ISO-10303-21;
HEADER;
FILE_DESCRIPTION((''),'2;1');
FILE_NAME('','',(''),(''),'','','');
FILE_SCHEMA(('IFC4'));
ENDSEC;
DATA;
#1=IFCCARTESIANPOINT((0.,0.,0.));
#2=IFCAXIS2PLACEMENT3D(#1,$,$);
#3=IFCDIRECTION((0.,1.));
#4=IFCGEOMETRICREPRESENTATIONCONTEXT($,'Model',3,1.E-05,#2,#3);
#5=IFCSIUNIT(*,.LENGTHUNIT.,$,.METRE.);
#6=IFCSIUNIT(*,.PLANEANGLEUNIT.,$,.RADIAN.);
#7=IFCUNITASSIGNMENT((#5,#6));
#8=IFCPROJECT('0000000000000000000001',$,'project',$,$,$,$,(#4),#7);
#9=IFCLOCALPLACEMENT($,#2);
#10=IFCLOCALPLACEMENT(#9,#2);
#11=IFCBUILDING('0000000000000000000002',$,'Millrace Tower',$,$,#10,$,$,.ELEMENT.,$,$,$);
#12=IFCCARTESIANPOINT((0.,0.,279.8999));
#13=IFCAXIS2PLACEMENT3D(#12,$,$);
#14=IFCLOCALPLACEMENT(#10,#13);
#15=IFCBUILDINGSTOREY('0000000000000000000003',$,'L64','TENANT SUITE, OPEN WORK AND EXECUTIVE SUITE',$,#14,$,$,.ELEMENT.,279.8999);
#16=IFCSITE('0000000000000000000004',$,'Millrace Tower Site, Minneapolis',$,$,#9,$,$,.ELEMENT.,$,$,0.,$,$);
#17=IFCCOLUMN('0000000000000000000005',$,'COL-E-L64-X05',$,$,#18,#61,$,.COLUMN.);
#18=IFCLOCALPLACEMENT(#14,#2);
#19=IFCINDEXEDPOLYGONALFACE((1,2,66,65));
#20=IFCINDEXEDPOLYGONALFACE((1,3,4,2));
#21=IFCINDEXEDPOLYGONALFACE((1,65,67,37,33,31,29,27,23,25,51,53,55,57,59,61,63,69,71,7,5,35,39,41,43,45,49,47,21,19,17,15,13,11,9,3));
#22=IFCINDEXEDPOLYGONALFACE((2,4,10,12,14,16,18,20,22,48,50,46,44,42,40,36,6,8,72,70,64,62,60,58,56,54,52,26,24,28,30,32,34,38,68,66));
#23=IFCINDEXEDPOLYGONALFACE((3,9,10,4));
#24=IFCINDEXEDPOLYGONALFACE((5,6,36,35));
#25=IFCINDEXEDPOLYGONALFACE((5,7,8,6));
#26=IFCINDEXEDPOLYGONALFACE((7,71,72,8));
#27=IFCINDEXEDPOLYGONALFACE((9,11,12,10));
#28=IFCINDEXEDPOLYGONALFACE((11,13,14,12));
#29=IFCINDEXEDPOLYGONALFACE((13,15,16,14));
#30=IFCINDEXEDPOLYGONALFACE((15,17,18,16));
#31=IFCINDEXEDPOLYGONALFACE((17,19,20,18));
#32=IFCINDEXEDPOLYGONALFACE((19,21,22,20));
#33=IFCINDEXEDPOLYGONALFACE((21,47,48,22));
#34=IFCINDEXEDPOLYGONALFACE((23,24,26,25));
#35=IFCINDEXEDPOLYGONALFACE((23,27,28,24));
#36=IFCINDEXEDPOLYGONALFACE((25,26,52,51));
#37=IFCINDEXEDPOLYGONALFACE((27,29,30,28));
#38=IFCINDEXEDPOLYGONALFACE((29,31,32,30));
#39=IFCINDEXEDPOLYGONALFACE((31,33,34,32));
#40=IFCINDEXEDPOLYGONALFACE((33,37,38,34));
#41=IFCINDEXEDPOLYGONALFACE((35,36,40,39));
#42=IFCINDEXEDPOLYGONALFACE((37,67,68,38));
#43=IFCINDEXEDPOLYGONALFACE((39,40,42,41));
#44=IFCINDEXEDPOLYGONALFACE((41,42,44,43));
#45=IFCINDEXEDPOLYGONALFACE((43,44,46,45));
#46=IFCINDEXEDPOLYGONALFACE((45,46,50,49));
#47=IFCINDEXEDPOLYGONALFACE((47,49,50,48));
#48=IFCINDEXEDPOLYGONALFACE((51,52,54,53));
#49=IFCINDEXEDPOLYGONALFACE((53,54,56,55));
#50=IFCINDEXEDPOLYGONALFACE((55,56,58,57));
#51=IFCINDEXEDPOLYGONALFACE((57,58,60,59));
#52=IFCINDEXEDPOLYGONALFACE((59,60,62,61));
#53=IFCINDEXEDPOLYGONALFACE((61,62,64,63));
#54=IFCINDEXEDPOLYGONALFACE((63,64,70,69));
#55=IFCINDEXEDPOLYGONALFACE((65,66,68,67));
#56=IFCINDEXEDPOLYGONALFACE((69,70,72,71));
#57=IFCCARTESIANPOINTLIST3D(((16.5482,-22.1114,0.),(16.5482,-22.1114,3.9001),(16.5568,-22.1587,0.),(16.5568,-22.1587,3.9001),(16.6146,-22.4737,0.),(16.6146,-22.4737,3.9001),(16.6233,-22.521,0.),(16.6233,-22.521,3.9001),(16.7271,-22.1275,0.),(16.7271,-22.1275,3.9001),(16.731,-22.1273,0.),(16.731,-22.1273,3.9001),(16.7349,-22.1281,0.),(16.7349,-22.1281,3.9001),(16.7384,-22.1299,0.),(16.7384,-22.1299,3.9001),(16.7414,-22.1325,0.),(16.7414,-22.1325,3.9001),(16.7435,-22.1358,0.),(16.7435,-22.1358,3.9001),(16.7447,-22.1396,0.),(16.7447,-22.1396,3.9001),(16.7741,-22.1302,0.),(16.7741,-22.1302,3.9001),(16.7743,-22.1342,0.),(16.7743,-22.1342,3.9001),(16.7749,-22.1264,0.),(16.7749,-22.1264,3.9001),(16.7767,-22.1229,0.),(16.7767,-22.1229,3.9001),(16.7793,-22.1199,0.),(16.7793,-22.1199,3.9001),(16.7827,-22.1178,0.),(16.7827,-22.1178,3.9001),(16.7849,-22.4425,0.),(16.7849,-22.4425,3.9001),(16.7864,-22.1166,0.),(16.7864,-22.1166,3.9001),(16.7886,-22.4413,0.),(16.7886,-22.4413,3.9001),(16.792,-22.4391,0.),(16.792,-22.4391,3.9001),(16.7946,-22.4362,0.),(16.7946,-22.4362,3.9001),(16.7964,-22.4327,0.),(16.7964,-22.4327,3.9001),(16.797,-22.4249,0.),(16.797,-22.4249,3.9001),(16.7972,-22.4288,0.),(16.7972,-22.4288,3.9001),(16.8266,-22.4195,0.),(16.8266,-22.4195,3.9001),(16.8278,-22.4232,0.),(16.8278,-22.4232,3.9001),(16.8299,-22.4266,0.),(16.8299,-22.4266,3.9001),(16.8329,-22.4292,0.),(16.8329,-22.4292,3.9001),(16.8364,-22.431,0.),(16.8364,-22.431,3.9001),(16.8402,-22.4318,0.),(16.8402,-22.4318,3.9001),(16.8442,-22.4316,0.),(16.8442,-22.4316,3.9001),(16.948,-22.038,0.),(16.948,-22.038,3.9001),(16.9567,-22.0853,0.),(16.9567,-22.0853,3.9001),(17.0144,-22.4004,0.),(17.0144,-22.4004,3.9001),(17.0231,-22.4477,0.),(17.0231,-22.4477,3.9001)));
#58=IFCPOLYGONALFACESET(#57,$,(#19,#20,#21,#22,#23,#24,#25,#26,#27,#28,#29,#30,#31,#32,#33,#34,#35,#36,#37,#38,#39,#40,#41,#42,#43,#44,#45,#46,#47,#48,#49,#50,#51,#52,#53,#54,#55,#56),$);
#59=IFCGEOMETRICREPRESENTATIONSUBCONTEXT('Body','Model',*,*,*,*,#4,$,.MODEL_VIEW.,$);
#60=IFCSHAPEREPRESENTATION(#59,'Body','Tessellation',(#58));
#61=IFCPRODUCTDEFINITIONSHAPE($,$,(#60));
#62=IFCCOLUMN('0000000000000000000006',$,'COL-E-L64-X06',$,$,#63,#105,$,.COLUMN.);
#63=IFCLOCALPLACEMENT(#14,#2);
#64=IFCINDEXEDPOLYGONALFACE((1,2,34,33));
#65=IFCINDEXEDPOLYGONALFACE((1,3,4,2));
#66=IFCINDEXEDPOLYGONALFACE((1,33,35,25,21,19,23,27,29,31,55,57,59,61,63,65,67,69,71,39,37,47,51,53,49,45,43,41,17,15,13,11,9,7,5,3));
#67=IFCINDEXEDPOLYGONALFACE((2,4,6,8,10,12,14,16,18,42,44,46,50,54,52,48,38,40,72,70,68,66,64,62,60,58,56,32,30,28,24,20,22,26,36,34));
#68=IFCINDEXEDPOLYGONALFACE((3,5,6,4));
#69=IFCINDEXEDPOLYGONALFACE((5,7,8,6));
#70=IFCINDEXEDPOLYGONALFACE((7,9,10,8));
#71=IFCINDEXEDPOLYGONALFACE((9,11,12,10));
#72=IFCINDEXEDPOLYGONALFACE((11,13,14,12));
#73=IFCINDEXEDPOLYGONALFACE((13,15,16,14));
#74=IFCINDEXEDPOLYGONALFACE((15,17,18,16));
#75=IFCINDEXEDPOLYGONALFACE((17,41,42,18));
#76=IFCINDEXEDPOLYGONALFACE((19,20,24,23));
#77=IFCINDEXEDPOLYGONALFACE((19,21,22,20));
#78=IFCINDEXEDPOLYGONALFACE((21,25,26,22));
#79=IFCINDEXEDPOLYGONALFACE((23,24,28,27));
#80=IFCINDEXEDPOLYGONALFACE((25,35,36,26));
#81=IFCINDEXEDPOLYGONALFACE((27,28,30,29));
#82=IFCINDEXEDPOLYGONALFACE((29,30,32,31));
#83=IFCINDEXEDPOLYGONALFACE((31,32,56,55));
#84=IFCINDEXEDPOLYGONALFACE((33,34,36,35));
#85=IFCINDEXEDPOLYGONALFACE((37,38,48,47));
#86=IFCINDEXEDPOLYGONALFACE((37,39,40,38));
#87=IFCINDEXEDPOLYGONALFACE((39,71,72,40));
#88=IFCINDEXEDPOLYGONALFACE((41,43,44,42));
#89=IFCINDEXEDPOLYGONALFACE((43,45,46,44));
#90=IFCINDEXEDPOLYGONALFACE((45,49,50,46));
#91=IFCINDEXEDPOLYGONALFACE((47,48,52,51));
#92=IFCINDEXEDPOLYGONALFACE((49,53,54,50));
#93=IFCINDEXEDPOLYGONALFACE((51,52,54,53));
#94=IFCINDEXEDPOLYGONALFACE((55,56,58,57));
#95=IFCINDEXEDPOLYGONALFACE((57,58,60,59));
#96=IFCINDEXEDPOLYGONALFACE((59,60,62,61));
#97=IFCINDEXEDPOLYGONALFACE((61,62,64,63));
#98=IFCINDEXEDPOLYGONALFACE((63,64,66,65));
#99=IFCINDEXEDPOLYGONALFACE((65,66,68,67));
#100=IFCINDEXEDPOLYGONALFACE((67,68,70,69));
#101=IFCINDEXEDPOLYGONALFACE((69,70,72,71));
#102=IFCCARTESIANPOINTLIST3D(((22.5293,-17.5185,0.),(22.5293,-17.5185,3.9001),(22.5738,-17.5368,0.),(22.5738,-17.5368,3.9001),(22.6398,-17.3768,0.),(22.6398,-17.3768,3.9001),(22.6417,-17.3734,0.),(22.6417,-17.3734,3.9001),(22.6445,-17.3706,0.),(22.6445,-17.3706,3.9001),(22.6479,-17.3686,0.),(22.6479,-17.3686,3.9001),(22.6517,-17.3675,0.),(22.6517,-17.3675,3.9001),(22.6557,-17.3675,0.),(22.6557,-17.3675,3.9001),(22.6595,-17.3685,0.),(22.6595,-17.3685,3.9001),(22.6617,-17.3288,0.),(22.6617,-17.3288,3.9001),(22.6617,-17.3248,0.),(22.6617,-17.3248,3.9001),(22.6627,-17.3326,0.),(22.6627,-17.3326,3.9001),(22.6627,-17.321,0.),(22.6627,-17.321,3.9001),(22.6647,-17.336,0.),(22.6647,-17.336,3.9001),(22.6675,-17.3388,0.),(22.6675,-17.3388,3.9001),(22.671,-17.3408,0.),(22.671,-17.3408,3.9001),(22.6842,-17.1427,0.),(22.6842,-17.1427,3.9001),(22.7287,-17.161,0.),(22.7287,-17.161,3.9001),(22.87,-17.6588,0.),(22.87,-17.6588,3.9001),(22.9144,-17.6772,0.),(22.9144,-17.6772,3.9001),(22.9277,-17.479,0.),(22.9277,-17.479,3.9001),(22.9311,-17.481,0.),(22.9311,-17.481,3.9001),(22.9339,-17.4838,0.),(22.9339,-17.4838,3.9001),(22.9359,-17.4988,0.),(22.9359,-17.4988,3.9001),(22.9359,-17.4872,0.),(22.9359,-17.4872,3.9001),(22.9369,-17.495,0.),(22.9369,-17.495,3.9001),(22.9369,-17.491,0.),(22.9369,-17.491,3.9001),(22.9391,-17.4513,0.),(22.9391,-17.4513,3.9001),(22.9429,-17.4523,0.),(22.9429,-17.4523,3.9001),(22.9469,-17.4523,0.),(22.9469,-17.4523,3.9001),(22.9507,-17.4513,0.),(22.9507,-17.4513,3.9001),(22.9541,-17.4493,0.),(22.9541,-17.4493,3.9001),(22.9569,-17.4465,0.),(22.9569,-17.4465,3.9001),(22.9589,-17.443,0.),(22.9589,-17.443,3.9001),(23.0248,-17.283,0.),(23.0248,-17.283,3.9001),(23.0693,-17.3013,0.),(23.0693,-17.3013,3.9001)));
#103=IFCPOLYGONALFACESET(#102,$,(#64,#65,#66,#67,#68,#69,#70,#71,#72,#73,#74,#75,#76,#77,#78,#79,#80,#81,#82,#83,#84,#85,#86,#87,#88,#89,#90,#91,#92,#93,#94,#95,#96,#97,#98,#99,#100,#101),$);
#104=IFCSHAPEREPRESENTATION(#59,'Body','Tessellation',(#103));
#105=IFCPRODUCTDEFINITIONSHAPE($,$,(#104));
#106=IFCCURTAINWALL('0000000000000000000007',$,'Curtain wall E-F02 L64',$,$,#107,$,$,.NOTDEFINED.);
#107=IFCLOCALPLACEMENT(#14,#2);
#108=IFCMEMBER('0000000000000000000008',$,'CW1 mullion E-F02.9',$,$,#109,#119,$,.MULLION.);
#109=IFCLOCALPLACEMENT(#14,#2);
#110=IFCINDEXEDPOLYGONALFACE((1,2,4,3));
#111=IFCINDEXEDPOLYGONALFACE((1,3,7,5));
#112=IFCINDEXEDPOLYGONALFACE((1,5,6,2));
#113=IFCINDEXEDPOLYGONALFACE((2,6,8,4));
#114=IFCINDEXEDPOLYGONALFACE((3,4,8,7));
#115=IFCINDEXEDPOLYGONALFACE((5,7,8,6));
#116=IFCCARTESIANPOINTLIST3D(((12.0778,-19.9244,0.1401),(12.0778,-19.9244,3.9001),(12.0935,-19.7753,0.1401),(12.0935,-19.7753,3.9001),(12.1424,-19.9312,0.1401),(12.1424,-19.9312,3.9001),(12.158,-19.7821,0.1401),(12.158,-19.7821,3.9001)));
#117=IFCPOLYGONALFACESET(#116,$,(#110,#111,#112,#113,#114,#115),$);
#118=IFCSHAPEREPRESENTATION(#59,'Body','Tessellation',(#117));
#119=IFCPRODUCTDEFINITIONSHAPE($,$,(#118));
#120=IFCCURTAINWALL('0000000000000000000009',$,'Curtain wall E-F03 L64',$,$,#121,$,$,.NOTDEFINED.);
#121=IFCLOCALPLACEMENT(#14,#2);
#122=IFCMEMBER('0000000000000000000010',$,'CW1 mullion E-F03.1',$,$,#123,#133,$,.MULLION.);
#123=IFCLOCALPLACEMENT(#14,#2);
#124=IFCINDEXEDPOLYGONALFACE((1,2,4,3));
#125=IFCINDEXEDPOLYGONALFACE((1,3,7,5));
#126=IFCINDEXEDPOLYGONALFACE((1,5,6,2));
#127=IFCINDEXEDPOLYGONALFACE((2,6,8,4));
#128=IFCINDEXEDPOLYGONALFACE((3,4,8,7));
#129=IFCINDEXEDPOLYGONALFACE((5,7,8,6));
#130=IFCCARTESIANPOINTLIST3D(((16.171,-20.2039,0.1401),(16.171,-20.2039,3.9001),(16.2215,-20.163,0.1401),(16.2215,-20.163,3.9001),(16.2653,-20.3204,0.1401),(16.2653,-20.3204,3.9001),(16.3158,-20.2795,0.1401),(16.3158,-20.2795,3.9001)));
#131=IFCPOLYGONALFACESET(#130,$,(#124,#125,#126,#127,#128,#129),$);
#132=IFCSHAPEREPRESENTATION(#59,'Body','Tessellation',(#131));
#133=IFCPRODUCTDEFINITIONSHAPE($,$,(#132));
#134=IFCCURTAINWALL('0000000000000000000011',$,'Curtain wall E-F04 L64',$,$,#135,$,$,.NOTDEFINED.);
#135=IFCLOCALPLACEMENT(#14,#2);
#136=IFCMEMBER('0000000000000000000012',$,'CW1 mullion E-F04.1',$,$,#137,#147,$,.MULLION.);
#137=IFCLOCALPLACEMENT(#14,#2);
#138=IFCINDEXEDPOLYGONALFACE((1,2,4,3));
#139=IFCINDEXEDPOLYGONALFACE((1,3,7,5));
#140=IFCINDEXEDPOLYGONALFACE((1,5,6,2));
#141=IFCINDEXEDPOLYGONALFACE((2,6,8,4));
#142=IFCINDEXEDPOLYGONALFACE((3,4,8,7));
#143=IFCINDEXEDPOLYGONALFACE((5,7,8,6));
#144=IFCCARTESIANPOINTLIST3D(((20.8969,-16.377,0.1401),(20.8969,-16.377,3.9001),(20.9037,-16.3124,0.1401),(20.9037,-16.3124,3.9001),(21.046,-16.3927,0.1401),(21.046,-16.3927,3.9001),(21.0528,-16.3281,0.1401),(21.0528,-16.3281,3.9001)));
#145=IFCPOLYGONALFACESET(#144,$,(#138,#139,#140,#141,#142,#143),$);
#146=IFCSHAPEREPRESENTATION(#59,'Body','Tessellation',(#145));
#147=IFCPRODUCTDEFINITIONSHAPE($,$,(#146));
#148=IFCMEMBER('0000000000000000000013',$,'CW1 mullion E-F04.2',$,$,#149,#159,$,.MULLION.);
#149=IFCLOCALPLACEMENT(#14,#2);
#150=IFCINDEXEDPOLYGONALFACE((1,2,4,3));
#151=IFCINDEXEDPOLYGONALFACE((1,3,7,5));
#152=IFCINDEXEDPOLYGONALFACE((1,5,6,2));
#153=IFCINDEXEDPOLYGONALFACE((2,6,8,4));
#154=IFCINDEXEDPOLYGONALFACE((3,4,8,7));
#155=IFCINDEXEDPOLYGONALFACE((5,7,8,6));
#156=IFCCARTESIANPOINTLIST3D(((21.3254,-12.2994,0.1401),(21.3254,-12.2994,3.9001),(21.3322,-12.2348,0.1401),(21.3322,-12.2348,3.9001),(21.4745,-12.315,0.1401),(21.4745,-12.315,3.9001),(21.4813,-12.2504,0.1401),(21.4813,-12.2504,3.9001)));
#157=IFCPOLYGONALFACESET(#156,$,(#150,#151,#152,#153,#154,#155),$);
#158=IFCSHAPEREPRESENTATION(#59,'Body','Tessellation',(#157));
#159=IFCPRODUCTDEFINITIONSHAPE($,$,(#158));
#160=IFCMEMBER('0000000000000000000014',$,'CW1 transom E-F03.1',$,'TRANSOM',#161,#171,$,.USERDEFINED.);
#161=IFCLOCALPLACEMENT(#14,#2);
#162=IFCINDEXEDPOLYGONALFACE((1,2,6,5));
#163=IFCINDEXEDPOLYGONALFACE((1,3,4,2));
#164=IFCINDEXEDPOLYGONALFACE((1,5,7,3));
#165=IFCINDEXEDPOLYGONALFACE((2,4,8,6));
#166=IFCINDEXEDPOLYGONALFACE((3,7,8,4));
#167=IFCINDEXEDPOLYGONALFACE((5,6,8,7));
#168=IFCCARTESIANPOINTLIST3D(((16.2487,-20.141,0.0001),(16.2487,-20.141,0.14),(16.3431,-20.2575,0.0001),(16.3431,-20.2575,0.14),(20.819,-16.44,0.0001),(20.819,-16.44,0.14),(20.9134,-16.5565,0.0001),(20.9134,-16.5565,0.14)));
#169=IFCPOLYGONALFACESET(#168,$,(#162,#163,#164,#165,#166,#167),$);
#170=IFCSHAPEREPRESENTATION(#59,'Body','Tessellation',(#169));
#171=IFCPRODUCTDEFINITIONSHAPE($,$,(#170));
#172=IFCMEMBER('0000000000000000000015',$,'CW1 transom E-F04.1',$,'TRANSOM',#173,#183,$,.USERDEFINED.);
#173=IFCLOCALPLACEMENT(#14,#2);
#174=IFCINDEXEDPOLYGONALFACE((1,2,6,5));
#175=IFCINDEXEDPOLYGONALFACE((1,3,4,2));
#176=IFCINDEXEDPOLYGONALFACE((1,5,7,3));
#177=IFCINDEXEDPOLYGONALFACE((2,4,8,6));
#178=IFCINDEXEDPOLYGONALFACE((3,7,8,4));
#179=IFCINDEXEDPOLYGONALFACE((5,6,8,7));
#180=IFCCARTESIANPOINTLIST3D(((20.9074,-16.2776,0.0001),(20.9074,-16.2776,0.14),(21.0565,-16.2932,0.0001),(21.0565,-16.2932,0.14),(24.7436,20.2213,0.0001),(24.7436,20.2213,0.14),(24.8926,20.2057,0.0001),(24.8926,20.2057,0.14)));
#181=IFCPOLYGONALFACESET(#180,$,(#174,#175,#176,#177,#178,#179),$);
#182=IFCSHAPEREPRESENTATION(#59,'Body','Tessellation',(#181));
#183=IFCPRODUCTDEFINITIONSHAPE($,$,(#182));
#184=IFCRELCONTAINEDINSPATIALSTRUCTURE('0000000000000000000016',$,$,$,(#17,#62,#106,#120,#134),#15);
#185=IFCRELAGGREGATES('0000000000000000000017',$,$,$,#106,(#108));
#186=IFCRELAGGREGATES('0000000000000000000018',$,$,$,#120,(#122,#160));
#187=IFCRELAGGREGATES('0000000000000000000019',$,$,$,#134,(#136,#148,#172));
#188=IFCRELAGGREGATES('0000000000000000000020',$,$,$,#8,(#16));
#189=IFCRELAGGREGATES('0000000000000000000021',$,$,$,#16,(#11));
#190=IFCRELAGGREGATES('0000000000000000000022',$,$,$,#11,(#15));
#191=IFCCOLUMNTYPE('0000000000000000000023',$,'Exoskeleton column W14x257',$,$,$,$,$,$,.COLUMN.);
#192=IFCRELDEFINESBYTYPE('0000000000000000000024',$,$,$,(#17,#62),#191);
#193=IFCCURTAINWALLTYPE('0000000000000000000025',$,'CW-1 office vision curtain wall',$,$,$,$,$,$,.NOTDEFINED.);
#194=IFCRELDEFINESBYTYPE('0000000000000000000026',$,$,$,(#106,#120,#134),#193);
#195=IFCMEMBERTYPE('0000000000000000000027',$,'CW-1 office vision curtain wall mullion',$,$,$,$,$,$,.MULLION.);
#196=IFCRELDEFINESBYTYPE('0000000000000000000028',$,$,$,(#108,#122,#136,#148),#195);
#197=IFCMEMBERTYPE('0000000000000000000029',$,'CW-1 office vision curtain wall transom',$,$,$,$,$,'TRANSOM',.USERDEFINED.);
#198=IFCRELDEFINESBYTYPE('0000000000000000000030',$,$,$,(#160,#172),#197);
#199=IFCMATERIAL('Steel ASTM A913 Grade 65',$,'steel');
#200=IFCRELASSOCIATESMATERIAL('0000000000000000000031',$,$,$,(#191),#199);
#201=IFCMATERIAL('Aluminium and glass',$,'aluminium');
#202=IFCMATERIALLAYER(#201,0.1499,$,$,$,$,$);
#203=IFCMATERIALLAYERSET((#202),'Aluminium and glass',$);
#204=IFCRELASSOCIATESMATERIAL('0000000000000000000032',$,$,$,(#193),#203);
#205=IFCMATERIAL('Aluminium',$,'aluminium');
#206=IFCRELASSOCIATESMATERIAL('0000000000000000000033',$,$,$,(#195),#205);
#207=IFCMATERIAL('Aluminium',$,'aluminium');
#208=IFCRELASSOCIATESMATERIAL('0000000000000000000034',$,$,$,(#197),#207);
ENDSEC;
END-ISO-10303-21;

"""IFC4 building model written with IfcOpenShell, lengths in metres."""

from ifc_helpers import new_model, si_unit, direction, frame, origin, origin_2d, place, context, subcontext, project, spatial, rectangle, i_section, extrude, material, layer, layer_set, material_profile, profile_set, type_object, element, aggregate, save


model = new_model("IFC4")

# Units and contexts
model_context = context("Model", 3, precision=1e-05, world=origin(), true_north=direction((0.0, 1.0)))
body_context = subcontext(model_context, "Body", "Model", "MODEL_VIEW")
ifc_project = project(units=[si_unit("LENGTHUNIT", "METRE"), si_unit("PLANEANGLEUNIT", "RADIAN")], contexts=[model_context])

# Site, building, storey
site_placement = place(None, origin())
site = spatial("IfcSite", under=ifc_project, at=site_placement, Name="Millrace Tower Site, Minneapolis", CompositionType="ELEMENT", RefElevation=0.0)
building_placement = place(site_placement, origin())
building = spatial("IfcBuilding", under=site, at=building_placement, Name="Millrace Tower", CompositionType="ELEMENT")
storey_placement = place(building_placement, frame((0.0, 0.0, 279.8999)))
storey = spatial("IfcBuildingStorey", under=building, at=storey_placement, Name="L64", Description="TENANT SUITE, OPEN WORK AND EXECUTIVE SUITE", CompositionType="ELEMENT", Elevation=279.8999)

# Columns
ifc_material_1 = material(Name="Steel ASTM A913 Grade 65", Category="steel")
ifc_material_profile_1 = material_profile(ifc_material_1, i_section(OverallWidth=0.4065, OverallDepth=0.4165, WebThickness=0.03, FlangeThickness=0.0481, FilletRadius=0.0151, at=origin_2d()))
ifc_profile_set_1 = profile_set([ifc_material_profile_1], Name="Steel ASTM A913 Grade 65")
column_type = type_object("IfcColumnType", Name="Exoskeleton column W14x257", PredefinedType="COLUMN", material=ifc_profile_set_1)
for number, where, z_axis, x_axis, name in (
    (1, (16.7856, -22.2795, 0.0), (0.0, 0.0, 1.0), (0.983596, 0.180387, 0.0), "COL-E-L64-X05"),
    (2, (22.7993, -17.4099, 0.0), (0.0, 0.0, 1.0), (0.380947, 0.924597, 0.0), "COL-E-L64-X06"),
):
    element("IfcColumn", number, at=place(storey_placement, frame(where, z_axis=z_axis, x_axis=x_axis)), inside=storey, type_object=column_type, Name=name, PredefinedType="COLUMN", context=body_context, shape_type="SweptSolid", body=[
        extrude(i_section(OverallWidth=0.4065, OverallDepth=0.4165, WebThickness=0.03, FlangeThickness=0.0481, FilletRadius=0.0151, at=origin_2d()), origin(), (0.0, 0.0, 1.0), 3.9001),
    ])

# Curtain walls, members
ifc_material_2 = material(Name="Aluminium and glass", Category="aluminium")
ifc_layer_1 = layer(ifc_material_2, 0.1499)
ifc_layer_set_1 = layer_set([ifc_layer_1], Name="Aluminium and glass")
curtain_wall_type = type_object("IfcCurtainWallType", Name="CW-1 office vision curtain wall", PredefinedType="NOTDEFINED", material=ifc_layer_set_1)
placement = place(storey_placement, origin())
curtain_wall_1 = element("IfcCurtainWall", 3, at=placement, inside=storey, type_object=curtain_wall_type, Name="Curtain wall E-F02 L64", PredefinedType="NOTDEFINED")
ifc_material_3 = material(Name="Aluminium", Category="aluminium")
ifc_material_profile_2 = material_profile(ifc_material_3, rectangle(XDim=0.0649, YDim=0.1499, at=origin_2d()))
ifc_profile_set_2 = profile_set([ifc_material_profile_2], Name="Aluminium")
member_type_1 = type_object("IfcMemberType", Name="CW-1 office vision curtain wall mullion", PredefinedType="MULLION", material=ifc_profile_set_2)
member_1_placement = place(storey_placement, frame((12.1179, -19.8533, 0.1401), z_axis=(0.0, 0.0, 1.0), x_axis=(0.994522, -0.104528, 0.0)))
member_1 = element("IfcMember", 4, at=member_1_placement, type_object=member_type_1, Name="CW1 mullion E-F02.9", PredefinedType="MULLION", context=body_context, shape_type="SweptSolid", body=[
    extrude(rectangle(XDim=0.0649, YDim=0.1499, at=origin_2d()), origin(), (0.0, 0.0, 1.0), 3.76),
])
aggregate(curtain_wall_1, [member_1])
curtain_wall_2 = element("IfcCurtainWall", 5, at=placement, inside=storey, type_object=curtain_wall_type, Name="Curtain wall E-F03 L64", PredefinedType="NOTDEFINED")
member_2_placement = place(storey_placement, frame((16.2434, -20.2417, 0.1401), z_axis=(0.0, 0.0, 1.0), x_axis=(0.777146, 0.62932, 0.0)))
member_2 = element("IfcMember", 6, at=member_2_placement, type_object=member_type_1, Name="CW1 mullion E-F03.1", PredefinedType="MULLION", context=body_context, shape_type="SweptSolid", body=[
    extrude(rectangle(XDim=0.0649, YDim=0.1499, at=origin_2d()), origin(), (0.0, 0.0, 1.0), 3.76),
])

# Curtain wall, members
curtain_wall_3 = element("IfcCurtainWall", 7, at=placement, inside=storey, type_object=curtain_wall_type, Name="Curtain wall E-F04 L64", PredefinedType="NOTDEFINED")
member_3_placement = place(storey_placement, frame((20.9749, -16.3525, 0.1401), z_axis=(0.0, 0.0, 1.0), x_axis=(0.104528, 0.994522, 0.0)))
member_3 = element("IfcMember", 8, at=member_3_placement, type_object=member_type_1, Name="CW1 mullion E-F04.1", PredefinedType="MULLION", context=body_context, shape_type="SweptSolid", body=[
    extrude(rectangle(XDim=0.0649, YDim=0.1499, at=origin_2d()), origin(), (0.0, 0.0, 1.0), 3.76),
])
member_4_placement = place(storey_placement, frame((21.4033, -12.2749, 0.1401), z_axis=(0.0, 0.0, 1.0), x_axis=(0.104528, 0.994522, 0.0)))
member_4 = element("IfcMember", 9, at=member_4_placement, type_object=member_type_1, Name="CW1 mullion E-F04.2", PredefinedType="MULLION", context=body_context, shape_type="SweptSolid", body=[
    extrude(rectangle(XDim=0.0649, YDim=0.1499, at=origin_2d()), origin(), (0.0, 0.0, 1.0), 3.76),
])

# Members
ifc_material_4 = material(Name="Aluminium", Category="aluminium")
ifc_material_profile_3 = material_profile(ifc_material_4, rectangle(XDim=0.1499, YDim=0.1399, at=origin_2d()))
ifc_profile_set_3 = profile_set([ifc_material_profile_3], Name="Aluminium")
member_type_2 = type_object("IfcMemberType", Name="CW-1 office vision curtain wall transom", ElementType="TRANSOM", PredefinedType="USERDEFINED", material=ifc_profile_set_3)
member_5_placement = place(storey_placement, frame((16.2959, -20.1992, 0.0701), z_axis=(0.777149, 0.629316, 0.0), x_axis=(-0.629316, 0.777149, 0.0)))
member_5 = element("IfcMember", 10, at=member_5_placement, type_object=member_type_2, Name="CW1 transom E-F03.1", ObjectType="TRANSOM", PredefinedType="USERDEFINED", context=body_context, shape_type="SweptSolid", body=[
    extrude(rectangle(XDim=0.1499, YDim=0.1399, at=origin_2d()), origin(), (0.0, 0.0, 1.0), 5.8809),
])
aggregate(curtain_wall_2, [member_2, member_5])
member_6_placement = place(storey_placement, frame((20.9819, -16.2854, 0.0701), z_axis=(0.104528, 0.994522, 0.0), x_axis=(-0.994522, 0.104528, 0.0)))
member_6 = element("IfcMember", 11, at=member_6_placement, type_object=member_type_2, Name="CW1 transom E-F04.1", ObjectType="TRANSOM", PredefinedType="USERDEFINED", context=body_context, shape_type="SweptSolid", body=[
    extrude(rectangle(XDim=0.1499, YDim=0.1399, at=origin_2d()), origin(), (0.0, 0.0, 1.0), 36.7),
])
aggregate(curtain_wall_3, [member_3, member_4, member_6])

save(model, "model.ifc")
